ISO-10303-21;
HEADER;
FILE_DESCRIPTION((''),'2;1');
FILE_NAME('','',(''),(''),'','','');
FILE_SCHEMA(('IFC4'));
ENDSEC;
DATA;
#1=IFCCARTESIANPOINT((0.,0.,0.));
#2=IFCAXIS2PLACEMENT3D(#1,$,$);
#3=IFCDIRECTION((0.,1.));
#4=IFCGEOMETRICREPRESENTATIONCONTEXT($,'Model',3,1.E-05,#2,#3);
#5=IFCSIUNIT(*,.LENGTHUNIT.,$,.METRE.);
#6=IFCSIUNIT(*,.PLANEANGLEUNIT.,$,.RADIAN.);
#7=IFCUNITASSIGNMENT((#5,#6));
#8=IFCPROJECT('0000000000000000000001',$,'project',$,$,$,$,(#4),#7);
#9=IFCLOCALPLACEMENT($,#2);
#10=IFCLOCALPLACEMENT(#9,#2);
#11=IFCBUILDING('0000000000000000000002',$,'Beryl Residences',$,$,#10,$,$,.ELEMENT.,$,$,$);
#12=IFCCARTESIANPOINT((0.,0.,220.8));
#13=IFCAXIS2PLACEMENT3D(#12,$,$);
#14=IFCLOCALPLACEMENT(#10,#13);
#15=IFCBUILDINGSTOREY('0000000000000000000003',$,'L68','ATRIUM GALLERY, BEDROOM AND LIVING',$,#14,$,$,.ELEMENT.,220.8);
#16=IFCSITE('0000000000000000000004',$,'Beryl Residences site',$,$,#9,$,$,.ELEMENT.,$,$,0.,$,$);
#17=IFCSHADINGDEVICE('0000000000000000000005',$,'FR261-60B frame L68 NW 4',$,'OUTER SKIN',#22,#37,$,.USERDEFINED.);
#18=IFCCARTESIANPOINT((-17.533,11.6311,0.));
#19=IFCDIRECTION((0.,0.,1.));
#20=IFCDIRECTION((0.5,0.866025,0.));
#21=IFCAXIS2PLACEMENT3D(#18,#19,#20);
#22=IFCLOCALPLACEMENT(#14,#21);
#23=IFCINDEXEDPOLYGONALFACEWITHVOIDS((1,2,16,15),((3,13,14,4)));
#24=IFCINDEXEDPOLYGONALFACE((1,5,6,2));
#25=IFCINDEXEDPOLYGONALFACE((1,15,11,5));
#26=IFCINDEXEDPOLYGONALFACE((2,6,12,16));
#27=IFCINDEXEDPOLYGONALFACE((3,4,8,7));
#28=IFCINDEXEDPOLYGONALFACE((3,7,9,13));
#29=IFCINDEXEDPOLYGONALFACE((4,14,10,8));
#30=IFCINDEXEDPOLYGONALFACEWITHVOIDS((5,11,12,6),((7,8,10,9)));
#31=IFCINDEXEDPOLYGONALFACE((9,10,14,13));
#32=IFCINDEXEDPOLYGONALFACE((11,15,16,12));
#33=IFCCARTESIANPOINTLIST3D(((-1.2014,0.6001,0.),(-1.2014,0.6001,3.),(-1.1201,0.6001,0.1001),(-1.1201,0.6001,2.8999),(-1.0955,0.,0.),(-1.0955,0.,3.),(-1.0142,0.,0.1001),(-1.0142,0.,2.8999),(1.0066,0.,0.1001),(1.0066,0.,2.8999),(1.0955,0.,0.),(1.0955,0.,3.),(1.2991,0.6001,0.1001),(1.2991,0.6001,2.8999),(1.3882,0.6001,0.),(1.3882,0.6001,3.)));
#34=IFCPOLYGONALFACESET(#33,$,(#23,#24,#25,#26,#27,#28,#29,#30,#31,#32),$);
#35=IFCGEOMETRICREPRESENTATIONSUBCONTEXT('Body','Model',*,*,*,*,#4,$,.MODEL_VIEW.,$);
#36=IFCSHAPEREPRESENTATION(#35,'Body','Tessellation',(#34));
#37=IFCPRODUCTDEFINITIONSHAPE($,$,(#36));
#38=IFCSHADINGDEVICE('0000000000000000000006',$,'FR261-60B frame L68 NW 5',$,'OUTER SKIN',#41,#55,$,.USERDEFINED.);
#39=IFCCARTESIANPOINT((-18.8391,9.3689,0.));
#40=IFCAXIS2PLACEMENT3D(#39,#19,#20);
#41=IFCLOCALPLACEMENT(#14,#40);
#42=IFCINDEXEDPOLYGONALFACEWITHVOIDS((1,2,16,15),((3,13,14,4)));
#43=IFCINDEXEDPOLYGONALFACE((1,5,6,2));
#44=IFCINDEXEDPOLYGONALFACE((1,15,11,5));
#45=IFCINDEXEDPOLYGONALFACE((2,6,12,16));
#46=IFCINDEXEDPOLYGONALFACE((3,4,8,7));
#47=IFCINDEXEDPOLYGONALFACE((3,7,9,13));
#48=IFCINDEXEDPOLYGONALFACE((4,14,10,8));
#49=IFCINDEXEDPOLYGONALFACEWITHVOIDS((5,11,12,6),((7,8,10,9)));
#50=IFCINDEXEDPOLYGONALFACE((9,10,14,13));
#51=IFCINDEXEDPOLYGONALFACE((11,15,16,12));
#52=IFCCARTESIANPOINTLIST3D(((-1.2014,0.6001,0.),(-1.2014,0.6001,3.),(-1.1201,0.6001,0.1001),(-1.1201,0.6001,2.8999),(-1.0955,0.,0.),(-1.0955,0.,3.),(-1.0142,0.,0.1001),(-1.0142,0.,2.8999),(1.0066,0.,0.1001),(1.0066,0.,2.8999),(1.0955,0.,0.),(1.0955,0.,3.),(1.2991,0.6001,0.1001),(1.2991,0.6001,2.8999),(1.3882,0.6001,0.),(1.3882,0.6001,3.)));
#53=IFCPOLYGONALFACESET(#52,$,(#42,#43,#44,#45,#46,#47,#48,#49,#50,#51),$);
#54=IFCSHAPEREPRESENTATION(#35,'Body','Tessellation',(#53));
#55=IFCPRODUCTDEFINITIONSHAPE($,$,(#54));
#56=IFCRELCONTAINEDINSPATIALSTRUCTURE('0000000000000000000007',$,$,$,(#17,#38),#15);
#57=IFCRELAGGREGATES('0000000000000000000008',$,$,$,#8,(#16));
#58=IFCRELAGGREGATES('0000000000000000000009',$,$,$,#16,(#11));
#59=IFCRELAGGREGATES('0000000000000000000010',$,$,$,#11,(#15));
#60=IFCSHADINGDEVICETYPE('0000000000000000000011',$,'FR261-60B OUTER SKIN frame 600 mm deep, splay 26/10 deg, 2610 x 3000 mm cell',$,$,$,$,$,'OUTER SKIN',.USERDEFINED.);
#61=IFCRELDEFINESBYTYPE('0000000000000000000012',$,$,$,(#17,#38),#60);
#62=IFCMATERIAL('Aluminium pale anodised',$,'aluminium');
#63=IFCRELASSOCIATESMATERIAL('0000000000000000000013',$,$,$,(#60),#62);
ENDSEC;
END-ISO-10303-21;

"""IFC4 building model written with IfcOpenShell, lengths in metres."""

from ifc_helpers import new_model, entity, si_unit, direction, frame, origin, place, context, subcontext, project, spatial, source, transform, mapped, material, type_object, type_shapes, element, save


model = new_model("IFC4")

# Units and contexts
model_context = context("Model", 3, precision=1e-05, world=origin(), true_north=direction((0.0, 1.0)))
body_context = subcontext(model_context, "Body", "Model", "MODEL_VIEW")
ifc_project = project(units=[si_unit("LENGTHUNIT", "METRE"), si_unit("PLANEANGLEUNIT", "RADIAN")], contexts=[model_context])

# Site, building, storey
site_placement = place(None, origin())
site = spatial("IfcSite", under=ifc_project, at=site_placement, Name="Beryl Residences site", CompositionType="ELEMENT", RefElevation=0.0)
building_placement = place(site_placement, origin())
building = spatial("IfcBuilding", under=site, at=building_placement, Name="Beryl Residences", CompositionType="ELEMENT")
storey_placement = place(building_placement, frame((0.0, 0.0, 220.8)))
storey = spatial("IfcBuildingStorey", under=building, at=storey_placement, Name="L68", Description="ATRIUM GALLERY, BEDROOM AND LIVING", CompositionType="ELEMENT", Elevation=220.8)

# Shading devices
ifc_material_1 = material(Name="Aluminium pale anodised", Category="aluminium")
shading_device_type = type_object("IfcShadingDeviceType", Name="FR261-60B OUTER SKIN frame 600 mm deep, splay 26/10 deg, 2610 x 3000 mm cell", ElementType="OUTER SKIN", PredefinedType="USERDEFINED", material=ifc_material_1)
cartesian_point_1 = entity("IfcCartesianPoint", [-1.0955, 0.0])
cartesian_point_2 = entity("IfcCartesianPoint", [-1.0066, 0.1001])
cartesian_point_3 = entity("IfcCartesianPoint", [-1.3882, 0.0])
cartesian_point_4 = entity("IfcCartesianPoint", [-1.2991, 0.1001])
shared_shape_1 = source(origin(), body_context, "Body", "SweptSolid", [
    entity("IfcExtrudedAreaSolidTapered", entity("IfcArbitraryProfileDefWithVoids", "AREA", None, entity("IfcPolyline", [cartesian_point_1, entity("IfcCartesianPoint", [1.0955, 0.0]), entity("IfcCartesianPoint", [1.0955, 3.0]), entity("IfcCartesianPoint", [-1.0955, 3.0]), cartesian_point_1]), [entity("IfcPolyline", [cartesian_point_2, entity("IfcCartesianPoint", [1.0142, 0.1001]), entity("IfcCartesianPoint", [1.0142, 2.8999]), entity("IfcCartesianPoint", [-1.0066, 2.8999]), cartesian_point_2])]), entity("IfcAxis2Placement3D", entity("IfcCartesianPoint", [0.0, 0.0, 0.0]), entity("IfcDirection", [0.0, 1.0, 0.0]), entity("IfcDirection", [-1.0, 0.0, 0.0])), entity("IfcDirection", [0.0, 0.0, 1.0]), 0.6001, entity("IfcArbitraryProfileDefWithVoids", "AREA", None, entity("IfcPolyline", [cartesian_point_3, entity("IfcCartesianPoint", [1.2014, 0.0]), entity("IfcCartesianPoint", [1.2014, 3.0]), entity("IfcCartesianPoint", [-1.3882, 3.0]), cartesian_point_3]), [entity("IfcPolyline", [cartesian_point_4, entity("IfcCartesianPoint", [1.1201, 0.1001]), entity("IfcCartesianPoint", [1.1201, 2.8999]), entity("IfcCartesianPoint", [-1.2991, 2.8999]), cartesian_point_4])])),
])
type_shapes(shading_device_type, [shared_shape_1])
for number, where, z_axis, x_axis, name in (
    (1, (-17.533, 11.6311, 0.0), (0.0, 0.0, 1.0), (0.5, 0.866025, 0.0), "FR261-60B frame L68 NW 4"),
    (2, (-18.8391, 9.3689, 0.0), (0.0, 0.0, 1.0), (0.5, 0.866025, 0.0), "FR261-60B frame L68 NW 5"),
):
    element("IfcShadingDevice", number, at=place(storey_placement, frame(where, z_axis=z_axis, x_axis=x_axis)), inside=storey, type_object=shading_device_type, Name=name, ObjectType="OUTER SKIN", PredefinedType="USERDEFINED", context=body_context, shape_type="MappedRepresentation", body=[
        mapped(shared_shape_1, transform((0.0, 0.0, 0.0))),
    ])

save(model, "model.ifc")
